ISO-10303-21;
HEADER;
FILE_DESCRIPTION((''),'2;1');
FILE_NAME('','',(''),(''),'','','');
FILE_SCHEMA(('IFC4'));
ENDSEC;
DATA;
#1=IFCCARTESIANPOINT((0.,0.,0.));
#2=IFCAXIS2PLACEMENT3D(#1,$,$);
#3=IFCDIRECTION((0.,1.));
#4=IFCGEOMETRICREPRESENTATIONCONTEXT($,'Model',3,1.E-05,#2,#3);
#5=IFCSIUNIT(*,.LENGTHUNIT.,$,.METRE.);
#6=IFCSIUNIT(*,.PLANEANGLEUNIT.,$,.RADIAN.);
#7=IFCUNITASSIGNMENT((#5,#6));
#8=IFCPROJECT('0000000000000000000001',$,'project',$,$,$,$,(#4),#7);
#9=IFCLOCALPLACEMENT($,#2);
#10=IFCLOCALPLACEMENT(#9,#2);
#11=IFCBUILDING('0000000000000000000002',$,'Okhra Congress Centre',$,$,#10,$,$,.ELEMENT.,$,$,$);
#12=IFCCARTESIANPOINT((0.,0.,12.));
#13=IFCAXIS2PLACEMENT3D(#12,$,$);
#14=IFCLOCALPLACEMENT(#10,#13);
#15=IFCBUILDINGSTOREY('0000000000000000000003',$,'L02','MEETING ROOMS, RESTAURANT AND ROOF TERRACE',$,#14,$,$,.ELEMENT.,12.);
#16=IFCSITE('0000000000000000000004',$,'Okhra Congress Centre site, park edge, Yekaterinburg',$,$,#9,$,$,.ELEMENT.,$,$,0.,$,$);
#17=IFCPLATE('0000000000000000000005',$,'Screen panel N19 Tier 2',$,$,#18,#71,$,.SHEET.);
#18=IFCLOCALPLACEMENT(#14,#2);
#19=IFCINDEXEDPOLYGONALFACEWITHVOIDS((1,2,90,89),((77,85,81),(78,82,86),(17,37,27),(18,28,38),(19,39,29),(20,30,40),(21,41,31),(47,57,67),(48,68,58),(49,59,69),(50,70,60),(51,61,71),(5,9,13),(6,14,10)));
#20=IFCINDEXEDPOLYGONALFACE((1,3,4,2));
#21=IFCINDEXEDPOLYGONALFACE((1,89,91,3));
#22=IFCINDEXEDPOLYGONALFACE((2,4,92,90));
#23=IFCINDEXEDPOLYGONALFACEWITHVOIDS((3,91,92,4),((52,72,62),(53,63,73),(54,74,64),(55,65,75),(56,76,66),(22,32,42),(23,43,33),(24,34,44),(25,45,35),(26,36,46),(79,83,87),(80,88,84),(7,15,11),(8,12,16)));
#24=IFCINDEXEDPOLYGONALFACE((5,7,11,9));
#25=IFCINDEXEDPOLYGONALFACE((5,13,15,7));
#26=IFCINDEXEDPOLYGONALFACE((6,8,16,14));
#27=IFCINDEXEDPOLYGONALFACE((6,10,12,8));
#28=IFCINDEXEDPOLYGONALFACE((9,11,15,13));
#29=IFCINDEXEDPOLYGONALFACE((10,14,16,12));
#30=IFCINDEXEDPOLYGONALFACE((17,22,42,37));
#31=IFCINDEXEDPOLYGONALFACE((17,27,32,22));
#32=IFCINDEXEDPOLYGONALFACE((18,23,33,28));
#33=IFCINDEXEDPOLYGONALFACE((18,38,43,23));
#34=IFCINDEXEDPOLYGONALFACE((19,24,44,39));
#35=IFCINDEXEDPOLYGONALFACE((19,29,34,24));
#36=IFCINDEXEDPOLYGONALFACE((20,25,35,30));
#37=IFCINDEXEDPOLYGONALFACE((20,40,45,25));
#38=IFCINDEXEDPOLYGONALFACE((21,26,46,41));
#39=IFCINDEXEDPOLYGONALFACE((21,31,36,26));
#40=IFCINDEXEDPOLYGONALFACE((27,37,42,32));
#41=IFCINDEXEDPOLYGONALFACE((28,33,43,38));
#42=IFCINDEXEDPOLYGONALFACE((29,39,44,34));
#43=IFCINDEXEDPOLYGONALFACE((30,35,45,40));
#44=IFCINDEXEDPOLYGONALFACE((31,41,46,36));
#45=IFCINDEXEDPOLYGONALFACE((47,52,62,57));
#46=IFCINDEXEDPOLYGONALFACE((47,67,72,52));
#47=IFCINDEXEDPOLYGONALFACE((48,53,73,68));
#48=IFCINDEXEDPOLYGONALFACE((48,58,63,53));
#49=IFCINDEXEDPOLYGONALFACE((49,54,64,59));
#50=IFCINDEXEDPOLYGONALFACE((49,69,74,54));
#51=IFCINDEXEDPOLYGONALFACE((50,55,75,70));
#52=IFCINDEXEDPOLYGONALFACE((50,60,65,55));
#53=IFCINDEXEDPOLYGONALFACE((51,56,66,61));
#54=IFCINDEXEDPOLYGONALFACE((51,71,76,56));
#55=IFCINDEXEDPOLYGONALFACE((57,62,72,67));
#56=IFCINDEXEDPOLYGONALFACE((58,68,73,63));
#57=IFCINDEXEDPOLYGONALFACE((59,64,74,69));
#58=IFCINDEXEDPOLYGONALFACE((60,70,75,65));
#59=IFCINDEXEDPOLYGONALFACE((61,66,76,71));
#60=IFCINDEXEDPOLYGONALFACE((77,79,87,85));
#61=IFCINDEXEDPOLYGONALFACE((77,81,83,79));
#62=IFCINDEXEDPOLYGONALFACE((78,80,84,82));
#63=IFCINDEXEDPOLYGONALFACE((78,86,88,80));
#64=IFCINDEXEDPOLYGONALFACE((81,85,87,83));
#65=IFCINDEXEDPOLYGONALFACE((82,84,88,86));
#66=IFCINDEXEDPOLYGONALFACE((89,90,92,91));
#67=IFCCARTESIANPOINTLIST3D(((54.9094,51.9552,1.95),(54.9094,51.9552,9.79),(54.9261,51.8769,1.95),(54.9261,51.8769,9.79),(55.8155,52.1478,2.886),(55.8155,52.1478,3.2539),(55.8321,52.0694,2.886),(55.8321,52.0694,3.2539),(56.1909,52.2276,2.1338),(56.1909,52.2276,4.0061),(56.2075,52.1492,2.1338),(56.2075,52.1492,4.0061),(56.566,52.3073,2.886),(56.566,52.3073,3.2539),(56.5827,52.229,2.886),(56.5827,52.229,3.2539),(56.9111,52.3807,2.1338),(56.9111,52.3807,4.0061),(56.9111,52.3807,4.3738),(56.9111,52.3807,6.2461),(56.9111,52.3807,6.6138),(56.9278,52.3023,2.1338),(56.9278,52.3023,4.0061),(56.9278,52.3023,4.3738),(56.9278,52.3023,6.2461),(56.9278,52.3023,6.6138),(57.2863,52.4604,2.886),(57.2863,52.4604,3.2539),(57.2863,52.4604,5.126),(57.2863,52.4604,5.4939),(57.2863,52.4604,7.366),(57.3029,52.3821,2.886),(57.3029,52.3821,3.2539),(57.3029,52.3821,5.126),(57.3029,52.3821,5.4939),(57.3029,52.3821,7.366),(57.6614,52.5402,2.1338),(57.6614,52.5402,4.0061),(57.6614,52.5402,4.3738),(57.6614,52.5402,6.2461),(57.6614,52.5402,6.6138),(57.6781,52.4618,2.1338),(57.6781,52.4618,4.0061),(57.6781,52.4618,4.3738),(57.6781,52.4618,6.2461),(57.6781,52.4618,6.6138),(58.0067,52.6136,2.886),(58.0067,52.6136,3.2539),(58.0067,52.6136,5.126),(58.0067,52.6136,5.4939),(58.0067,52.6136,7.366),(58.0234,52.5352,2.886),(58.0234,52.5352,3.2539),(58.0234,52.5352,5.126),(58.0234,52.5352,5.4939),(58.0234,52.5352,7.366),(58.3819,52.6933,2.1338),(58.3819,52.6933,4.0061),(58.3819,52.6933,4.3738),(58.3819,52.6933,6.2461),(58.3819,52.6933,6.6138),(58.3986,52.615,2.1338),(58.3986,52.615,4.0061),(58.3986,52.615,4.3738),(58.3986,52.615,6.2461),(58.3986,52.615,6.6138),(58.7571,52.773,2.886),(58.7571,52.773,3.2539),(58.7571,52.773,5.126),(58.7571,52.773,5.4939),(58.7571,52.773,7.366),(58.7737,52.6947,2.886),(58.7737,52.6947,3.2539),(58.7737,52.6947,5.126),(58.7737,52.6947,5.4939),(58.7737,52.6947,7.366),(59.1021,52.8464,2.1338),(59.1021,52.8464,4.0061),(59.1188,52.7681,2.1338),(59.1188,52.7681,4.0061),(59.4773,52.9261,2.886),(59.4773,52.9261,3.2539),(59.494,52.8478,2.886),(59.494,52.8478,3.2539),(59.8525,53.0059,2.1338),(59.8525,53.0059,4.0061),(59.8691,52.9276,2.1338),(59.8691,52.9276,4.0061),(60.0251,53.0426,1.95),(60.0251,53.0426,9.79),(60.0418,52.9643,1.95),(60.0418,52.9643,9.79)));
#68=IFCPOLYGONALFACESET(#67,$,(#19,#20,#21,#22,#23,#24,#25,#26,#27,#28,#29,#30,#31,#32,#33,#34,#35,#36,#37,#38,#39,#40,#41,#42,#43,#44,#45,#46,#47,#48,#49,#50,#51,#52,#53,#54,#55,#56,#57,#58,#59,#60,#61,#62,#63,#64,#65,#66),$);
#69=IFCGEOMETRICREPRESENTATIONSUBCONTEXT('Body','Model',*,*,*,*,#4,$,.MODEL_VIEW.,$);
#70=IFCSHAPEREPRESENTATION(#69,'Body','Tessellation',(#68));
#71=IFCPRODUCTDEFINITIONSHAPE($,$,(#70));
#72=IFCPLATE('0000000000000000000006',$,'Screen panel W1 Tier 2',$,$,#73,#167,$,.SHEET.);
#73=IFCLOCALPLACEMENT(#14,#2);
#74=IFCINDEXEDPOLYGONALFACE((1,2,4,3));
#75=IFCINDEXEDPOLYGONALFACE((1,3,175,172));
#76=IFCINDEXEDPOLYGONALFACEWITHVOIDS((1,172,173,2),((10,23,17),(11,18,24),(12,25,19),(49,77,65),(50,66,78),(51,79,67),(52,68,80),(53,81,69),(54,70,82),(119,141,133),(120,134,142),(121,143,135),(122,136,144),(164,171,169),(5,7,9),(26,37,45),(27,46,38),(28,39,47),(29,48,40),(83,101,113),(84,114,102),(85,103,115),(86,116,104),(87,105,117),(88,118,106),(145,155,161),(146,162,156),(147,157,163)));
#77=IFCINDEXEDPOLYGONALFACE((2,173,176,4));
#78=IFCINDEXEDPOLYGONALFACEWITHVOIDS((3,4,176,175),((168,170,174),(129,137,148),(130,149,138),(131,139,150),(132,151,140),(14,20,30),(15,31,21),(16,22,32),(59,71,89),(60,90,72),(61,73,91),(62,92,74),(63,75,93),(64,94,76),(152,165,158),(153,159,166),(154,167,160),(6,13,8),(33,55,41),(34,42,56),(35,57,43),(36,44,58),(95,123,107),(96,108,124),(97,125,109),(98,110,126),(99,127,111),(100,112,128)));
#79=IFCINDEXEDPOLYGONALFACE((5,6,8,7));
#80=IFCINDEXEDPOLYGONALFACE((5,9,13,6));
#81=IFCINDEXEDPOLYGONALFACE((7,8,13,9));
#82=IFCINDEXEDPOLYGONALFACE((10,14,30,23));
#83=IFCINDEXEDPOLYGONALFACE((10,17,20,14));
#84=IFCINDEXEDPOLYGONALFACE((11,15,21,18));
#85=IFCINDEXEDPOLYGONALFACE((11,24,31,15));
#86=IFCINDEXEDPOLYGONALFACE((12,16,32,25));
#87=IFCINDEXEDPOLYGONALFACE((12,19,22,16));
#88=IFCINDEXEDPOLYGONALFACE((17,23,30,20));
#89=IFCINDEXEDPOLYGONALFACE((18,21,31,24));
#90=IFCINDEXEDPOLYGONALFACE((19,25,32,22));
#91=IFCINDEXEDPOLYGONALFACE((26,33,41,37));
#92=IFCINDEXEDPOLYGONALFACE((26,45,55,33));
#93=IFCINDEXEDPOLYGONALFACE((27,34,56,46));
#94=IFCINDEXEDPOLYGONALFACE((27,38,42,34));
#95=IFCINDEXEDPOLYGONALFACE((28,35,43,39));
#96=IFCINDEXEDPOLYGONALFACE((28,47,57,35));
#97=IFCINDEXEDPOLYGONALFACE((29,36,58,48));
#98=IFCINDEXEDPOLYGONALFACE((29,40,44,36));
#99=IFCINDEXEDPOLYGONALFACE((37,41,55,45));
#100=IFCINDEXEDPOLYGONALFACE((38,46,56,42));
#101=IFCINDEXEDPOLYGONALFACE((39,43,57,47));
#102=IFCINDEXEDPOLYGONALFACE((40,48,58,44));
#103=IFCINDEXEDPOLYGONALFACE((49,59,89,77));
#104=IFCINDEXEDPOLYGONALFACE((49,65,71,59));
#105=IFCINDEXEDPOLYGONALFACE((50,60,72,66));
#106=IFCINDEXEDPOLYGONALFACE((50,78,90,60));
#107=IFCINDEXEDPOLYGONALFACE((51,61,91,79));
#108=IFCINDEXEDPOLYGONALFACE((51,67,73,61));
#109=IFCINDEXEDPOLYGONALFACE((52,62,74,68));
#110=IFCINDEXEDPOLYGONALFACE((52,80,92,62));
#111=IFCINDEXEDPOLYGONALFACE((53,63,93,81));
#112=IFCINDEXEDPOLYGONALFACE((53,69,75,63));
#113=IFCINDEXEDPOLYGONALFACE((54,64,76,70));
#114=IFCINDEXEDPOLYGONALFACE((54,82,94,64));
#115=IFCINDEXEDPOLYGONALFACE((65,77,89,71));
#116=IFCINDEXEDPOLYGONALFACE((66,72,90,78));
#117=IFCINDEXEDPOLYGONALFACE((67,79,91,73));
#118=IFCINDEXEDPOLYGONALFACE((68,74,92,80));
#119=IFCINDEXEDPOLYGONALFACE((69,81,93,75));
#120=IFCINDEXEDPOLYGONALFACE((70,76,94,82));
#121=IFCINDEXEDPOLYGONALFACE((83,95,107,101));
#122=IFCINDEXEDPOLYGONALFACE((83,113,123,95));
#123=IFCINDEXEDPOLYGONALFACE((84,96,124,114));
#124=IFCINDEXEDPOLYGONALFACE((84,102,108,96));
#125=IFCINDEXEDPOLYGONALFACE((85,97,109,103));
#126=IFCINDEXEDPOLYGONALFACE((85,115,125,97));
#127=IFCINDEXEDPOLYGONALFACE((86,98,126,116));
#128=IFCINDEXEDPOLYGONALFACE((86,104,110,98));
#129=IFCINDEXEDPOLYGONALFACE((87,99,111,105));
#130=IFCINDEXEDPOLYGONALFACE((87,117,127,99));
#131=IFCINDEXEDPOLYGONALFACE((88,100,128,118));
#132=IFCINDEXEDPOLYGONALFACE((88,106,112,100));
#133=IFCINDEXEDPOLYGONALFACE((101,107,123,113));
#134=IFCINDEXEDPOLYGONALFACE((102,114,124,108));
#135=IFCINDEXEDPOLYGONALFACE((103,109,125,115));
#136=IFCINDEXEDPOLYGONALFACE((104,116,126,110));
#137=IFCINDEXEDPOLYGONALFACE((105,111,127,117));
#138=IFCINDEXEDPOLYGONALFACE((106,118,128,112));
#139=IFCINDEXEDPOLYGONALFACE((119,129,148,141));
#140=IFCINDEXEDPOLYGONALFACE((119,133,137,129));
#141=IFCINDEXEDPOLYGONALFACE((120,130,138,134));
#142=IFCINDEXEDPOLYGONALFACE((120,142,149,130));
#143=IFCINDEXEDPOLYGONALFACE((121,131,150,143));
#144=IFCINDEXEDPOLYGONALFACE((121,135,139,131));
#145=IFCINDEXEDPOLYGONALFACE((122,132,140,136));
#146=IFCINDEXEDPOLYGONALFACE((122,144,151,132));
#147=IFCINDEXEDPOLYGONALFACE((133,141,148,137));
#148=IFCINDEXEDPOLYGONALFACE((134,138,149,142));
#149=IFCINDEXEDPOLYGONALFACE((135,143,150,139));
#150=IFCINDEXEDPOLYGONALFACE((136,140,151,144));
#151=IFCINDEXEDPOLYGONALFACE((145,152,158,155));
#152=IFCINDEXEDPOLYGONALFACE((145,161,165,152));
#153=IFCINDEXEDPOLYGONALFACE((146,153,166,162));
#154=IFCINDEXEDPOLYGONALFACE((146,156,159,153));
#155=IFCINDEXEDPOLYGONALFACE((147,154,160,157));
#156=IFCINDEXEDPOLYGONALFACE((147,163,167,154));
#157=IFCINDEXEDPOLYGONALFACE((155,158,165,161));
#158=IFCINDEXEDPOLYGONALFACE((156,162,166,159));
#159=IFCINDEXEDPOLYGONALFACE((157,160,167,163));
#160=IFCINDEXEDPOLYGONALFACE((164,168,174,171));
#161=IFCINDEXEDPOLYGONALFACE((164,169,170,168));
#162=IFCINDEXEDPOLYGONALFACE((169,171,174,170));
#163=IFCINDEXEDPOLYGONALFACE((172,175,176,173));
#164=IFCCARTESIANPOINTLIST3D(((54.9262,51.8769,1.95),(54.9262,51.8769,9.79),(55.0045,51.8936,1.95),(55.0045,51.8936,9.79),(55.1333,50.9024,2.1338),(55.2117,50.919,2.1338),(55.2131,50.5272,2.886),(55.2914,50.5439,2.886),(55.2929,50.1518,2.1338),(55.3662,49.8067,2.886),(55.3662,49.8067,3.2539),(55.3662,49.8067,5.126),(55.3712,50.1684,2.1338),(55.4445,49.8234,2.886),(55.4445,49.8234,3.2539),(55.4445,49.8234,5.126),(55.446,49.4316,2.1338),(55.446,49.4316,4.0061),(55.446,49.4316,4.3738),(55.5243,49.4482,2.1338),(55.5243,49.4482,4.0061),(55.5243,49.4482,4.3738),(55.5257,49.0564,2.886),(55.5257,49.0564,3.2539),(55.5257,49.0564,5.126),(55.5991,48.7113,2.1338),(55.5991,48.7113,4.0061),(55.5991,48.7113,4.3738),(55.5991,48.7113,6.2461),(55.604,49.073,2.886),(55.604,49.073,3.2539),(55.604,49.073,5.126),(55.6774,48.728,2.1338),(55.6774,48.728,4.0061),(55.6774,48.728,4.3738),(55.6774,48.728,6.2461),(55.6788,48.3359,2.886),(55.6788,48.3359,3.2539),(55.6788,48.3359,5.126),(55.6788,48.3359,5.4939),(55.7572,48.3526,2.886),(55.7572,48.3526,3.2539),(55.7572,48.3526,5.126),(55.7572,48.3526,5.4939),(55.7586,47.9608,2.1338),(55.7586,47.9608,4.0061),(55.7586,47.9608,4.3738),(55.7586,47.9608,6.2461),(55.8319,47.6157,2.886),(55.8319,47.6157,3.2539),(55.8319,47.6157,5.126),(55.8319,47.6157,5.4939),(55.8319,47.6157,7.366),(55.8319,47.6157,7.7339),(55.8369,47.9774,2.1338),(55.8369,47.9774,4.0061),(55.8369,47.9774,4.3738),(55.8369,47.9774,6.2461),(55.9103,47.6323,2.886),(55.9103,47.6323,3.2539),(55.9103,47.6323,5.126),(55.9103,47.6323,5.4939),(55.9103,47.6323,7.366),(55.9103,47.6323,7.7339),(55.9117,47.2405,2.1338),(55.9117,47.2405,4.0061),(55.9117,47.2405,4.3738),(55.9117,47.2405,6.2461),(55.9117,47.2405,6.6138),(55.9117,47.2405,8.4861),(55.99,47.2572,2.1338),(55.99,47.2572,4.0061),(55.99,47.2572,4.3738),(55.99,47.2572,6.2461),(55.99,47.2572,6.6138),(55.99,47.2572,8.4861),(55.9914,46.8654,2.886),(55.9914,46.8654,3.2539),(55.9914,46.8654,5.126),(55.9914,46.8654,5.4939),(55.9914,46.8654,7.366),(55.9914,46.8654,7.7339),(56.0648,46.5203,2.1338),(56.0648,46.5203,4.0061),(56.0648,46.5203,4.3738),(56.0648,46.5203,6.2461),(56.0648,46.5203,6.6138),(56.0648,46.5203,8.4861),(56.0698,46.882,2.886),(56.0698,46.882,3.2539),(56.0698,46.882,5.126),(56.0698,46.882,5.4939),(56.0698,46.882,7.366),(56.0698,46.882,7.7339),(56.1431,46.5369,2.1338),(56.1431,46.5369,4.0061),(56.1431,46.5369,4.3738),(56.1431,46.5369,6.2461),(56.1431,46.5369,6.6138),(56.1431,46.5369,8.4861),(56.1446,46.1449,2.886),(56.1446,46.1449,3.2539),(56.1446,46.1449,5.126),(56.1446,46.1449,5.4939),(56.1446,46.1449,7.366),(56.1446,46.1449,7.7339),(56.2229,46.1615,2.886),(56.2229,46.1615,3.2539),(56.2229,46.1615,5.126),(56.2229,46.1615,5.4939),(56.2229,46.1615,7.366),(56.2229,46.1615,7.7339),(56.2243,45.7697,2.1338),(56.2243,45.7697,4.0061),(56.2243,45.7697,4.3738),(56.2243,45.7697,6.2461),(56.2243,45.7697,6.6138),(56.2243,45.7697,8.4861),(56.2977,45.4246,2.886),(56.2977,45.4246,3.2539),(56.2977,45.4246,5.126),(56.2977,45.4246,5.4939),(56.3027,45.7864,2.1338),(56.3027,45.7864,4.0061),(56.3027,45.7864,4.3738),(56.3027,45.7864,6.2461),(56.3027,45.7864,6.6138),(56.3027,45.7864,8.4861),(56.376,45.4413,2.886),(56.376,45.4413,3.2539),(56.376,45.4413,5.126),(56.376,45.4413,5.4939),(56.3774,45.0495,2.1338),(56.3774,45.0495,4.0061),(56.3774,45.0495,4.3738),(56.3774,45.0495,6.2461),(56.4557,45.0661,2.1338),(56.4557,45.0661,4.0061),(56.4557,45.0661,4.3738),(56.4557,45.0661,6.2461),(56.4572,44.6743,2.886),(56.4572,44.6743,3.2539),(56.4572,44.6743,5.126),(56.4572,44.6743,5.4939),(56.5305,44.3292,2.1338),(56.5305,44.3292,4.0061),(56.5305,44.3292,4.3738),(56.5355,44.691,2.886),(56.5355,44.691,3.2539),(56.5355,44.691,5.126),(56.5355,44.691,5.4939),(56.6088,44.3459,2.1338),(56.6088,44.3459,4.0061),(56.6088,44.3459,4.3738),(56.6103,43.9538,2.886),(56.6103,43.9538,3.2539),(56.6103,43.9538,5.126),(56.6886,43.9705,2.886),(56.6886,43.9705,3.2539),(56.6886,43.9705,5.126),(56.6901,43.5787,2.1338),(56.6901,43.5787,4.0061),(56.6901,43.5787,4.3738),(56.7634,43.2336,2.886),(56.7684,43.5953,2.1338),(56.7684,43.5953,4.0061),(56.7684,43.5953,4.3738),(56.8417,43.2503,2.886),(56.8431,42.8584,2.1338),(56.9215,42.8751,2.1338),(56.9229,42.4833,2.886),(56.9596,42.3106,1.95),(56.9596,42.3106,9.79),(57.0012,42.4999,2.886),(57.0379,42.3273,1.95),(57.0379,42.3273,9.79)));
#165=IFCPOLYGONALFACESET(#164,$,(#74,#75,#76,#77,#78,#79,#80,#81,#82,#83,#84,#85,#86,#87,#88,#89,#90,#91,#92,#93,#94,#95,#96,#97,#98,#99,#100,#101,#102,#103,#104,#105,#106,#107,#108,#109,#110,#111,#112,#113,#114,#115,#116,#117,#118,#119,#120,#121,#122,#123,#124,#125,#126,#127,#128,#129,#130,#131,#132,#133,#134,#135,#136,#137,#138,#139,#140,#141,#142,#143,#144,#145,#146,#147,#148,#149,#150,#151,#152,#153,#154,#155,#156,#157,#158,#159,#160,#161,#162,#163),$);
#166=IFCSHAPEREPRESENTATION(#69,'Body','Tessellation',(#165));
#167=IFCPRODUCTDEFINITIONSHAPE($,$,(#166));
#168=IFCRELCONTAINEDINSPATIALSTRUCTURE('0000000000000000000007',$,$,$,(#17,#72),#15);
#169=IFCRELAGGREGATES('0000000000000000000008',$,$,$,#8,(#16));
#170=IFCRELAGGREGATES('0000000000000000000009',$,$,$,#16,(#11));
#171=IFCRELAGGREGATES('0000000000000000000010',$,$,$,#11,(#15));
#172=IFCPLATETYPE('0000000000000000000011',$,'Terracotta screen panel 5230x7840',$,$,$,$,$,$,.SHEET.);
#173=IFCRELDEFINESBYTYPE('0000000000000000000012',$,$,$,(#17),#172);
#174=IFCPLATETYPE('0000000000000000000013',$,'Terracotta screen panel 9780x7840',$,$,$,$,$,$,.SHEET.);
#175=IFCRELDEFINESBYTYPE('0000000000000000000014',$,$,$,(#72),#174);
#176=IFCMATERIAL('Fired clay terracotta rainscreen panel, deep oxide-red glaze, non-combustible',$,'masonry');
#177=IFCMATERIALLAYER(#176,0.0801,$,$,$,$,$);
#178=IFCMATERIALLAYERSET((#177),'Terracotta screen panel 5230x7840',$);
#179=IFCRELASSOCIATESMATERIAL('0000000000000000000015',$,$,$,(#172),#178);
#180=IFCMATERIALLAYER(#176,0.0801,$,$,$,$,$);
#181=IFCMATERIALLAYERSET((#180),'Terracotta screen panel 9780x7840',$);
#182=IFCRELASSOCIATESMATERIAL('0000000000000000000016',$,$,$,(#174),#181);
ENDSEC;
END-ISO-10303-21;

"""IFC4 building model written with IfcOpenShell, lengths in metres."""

from ifc_helpers import new_model, si_unit, direction, frame, origin, place, context, subcontext, project, spatial, polyline, outline, extrude, material, layer, layer_set, type_object, element, save


model = new_model("IFC4")

# Units and contexts
model_context = context("Model", 3, precision=1e-05, world=origin(), true_north=direction((0.0, 1.0)))
body_context = subcontext(model_context, "Body", "Model", "MODEL_VIEW")
ifc_project = project(units=[si_unit("LENGTHUNIT", "METRE"), si_unit("PLANEANGLEUNIT", "RADIAN")], contexts=[model_context])

# Site, building, storey
site_placement = place(None, origin())
site = spatial("IfcSite", under=ifc_project, at=site_placement, Name="Okhra Congress Centre site, park edge, Yekaterinburg", CompositionType="ELEMENT", RefElevation=0.0)
building_placement = place(site_placement, origin())
building = spatial("IfcBuilding", under=site, at=building_placement, Name="Okhra Congress Centre", CompositionType="ELEMENT")
storey_placement = place(building_placement, frame((0.0, 0.0, 12.0)))
storey = spatial("IfcBuildingStorey", under=building, at=storey_placement, Name="L02", Description="MEETING ROOMS, RESTAURANT AND ROOF TERRACE", CompositionType="ELEMENT", Elevation=12.0)

# Plates
ifc_material_1 = material(Name="Fired clay terracotta rainscreen panel, deep oxide-red glaze, non-combustible", Category="masonry")
ifc_layer_1 = layer(ifc_material_1, 0.0801)
ifc_layer_set_1 = layer_set([ifc_layer_1], Name="Terracotta screen panel 5230x7840")
plate_type_1 = type_object("IfcPlateType", Name="Terracotta screen panel 5230x7840", PredefinedType="SHEET", material=ifc_layer_set_1)
plate_1_placement = place(storey_placement, frame((60.0334, 53.0034, 1.95), z_axis=(0.0, 0.0, 1.0), x_axis=(-0.978147, -0.207916, 0.0)))
element("IfcPlate", 1, at=plate_1_placement, inside=storey, type_object=plate_type_1, Name="Screen panel N19 Tier 2", PredefinedType="SHEET", context=body_context, shape_type="SweptSolid", body=[
    extrude(outline(polyline([(0.0, 0.0), (5.23, 0.0), (5.23, 7.8401), (0.0, 7.8401), (0.0, 0.0)]), holes=[polyline([(0.1765, 0.1838), (0.9436, 0.1838), (0.5601, 0.936), (0.1765, 0.1838)]), polyline([(1.2964, 0.936), (1.6799, 0.1838), (2.0635, 0.936), (1.2964, 0.936)]), polyline([(2.4165, 0.1838), (3.1836, 0.1838), (2.8, 0.936), (2.4165, 0.1838)]), polyline([(3.5364, 0.936), (3.9199, 0.1838), (4.3037, 0.936), (3.5364, 0.936)]), polyline([(0.1765, 2.0562), (0.5601, 1.304), (0.9436, 2.0562), (0.1765, 2.0562)]), polyline([(1.2964, 1.304), (2.0635, 1.304), (1.6799, 2.0562), (1.2964, 1.304)]), polyline([(2.4165, 2.0562), (2.8, 1.304), (3.1836, 2.0562), (2.4165, 2.0562)]), polyline([(3.5364, 1.304), (4.3037, 1.304), (3.9199, 2.0562), (3.5364, 1.304)]), polyline([(1.2964, 3.176), (1.6799, 2.4238), (2.0635, 3.176), (1.2964, 3.176)]), polyline([(2.4165, 2.4238), (3.1836, 2.4238), (2.8, 3.176), (2.4165, 2.4238)]), polyline([(1.2964, 3.5439), (2.0635, 3.5439), (1.6799, 4.2961), (1.2964, 3.5439)]), polyline([(2.4165, 4.2961), (2.8, 3.5439), (3.1836, 4.2961), (2.4165, 4.2961)]), polyline([(1.2964, 5.416), (1.6799, 4.6638), (2.0635, 5.416), (1.2964, 5.416)]), polyline([(2.4165, 4.6638), (3.1836, 4.6638), (2.8, 5.416), (2.4165, 4.6638)])]), frame((0.0, 0.04, 0.0), z_axis=(0.0, -1.0, 0.0), x_axis=(1.0, 0.0, 0.0)), (0.0, 0.0, 1.0), 0.0801),
])
ifc_layer_2 = layer(ifc_material_1, 0.0801)
ifc_layer_set_2 = layer_set([ifc_layer_2], Name="Terracotta screen panel 9780x7840")
plate_type_2 = type_object("IfcPlateType", Name="Terracotta screen panel 9780x7840", PredefinedType="SHEET", material=ifc_layer_set_2)
plate_2_placement = place(storey_placement, frame((54.9653, 51.8853, 1.95), z_axis=(0.0, 0.0, 1.0), x_axis=(0.207916, -0.978147, 0.0)))
element("IfcPlate", 2, at=plate_2_placement, inside=storey, type_object=plate_type_2, Name="Screen panel W1 Tier 2", PredefinedType="SHEET", context=body_context, shape_type="SweptSolid", body=[
    extrude(outline(polyline([(0.0, 0.0), (9.78, 0.0), (9.78, 7.8401), (0.0, 7.8401), (0.0, 0.0)]), holes=[polyline([(0.9963, 0.1838), (1.7637, 0.1838), (1.3799, 0.936), (0.9963, 0.1838)]), polyline([(2.1165, 0.936), (2.5, 0.1838), (2.8835, 0.936), (2.1165, 0.936)]), polyline([(3.2363, 0.1838), (4.0037, 0.1838), (3.6201, 0.936), (3.2363, 0.1838)]), polyline([(4.3564, 0.936), (4.74, 0.1838), (5.1235, 0.936), (4.3564, 0.936)]), polyline([(5.4763, 0.1838), (6.2437, 0.1838), (5.8601, 0.936), (5.4763, 0.1838)]), polyline([(6.5964, 0.936), (6.98, 0.1838), (7.3635, 0.936), (6.5964, 0.936)]), polyline([(7.7163, 0.1838), (8.4836, 0.1838), (8.1001, 0.936), (7.7163, 0.1838)]), polyline([(8.8364, 0.936), (9.22, 0.1838), (9.6035, 0.936), (8.8364, 0.936)]), polyline([(2.1165, 1.304), (2.8835, 1.304), (2.5, 2.0562), (2.1165, 1.304)]), polyline([(3.2363, 2.0562), (3.6201, 1.304), (4.0037, 2.0562), (3.2363, 2.0562)]), polyline([(4.3564, 1.304), (5.1235, 1.304), (4.74, 2.0562), (4.3564, 1.304)]), polyline([(5.4763, 2.0562), (5.8601, 1.304), (6.2437, 2.0562), (5.4763, 2.0562)]), polyline([(6.5964, 1.304), (7.3635, 1.304), (6.98, 2.0562), (6.5964, 1.304)]), polyline([(7.7163, 2.0562), (8.1001, 1.304), (8.4836, 2.0562), (7.7163, 2.0562)]), polyline([(2.1165, 3.176), (2.5, 2.4238), (2.8835, 3.176), (2.1165, 3.176)]), polyline([(3.2363, 2.4238), (4.0037, 2.4238), (3.6201, 3.176), (3.2363, 2.4238)]), polyline([(4.3564, 3.176), (4.74, 2.4238), (5.1235, 3.176), (4.3564, 3.176)]), polyline([(5.4763, 2.4238), (6.2437, 2.4238), (5.8601, 3.176), (5.4763, 2.4238)]), polyline([(6.5964, 3.176), (6.98, 2.4238), (7.3635, 3.176), (6.5964, 3.176)]), polyline([(7.7163, 2.4238), (8.4836, 2.4238), (8.1001, 3.176), (7.7163, 2.4238)]), polyline([(3.2363, 4.2961), (3.6201, 3.5439), (4.0037, 4.2961), (3.2363, 4.2961)]), polyline([(4.3564, 3.5439), (5.1235, 3.5439), (4.74, 4.2961), (4.3564, 3.5439)]), polyline([(5.4763, 4.2961), (5.8601, 3.5439), (6.2437, 4.2961), (5.4763, 4.2961)]), polyline([(6.5964, 3.5439), (7.3635, 3.5439), (6.98, 4.2961), (6.5964, 3.5439)]), polyline([(4.3564, 5.416), (4.74, 4.6638), (5.1235, 5.416), (4.3564, 5.416)]), polyline([(5.4763, 4.6638), (6.2437, 4.6638), (5.8601, 5.416), (5.4763, 4.6638)]), polyline([(4.3564, 5.7839), (5.1235, 5.7839), (4.74, 6.5361), (4.3564, 5.7839)]), polyline([(5.4763, 6.5361), (5.8601, 5.7839), (6.2437, 6.5361), (5.4763, 6.5361)])]), frame((0.0, 0.04, 0.0), z_axis=(0.0, -1.0, 0.0), x_axis=(1.0, 0.0, 0.0)), (0.0, 0.0, 1.0), 0.0801),
])

save(model, "model.ifc")
